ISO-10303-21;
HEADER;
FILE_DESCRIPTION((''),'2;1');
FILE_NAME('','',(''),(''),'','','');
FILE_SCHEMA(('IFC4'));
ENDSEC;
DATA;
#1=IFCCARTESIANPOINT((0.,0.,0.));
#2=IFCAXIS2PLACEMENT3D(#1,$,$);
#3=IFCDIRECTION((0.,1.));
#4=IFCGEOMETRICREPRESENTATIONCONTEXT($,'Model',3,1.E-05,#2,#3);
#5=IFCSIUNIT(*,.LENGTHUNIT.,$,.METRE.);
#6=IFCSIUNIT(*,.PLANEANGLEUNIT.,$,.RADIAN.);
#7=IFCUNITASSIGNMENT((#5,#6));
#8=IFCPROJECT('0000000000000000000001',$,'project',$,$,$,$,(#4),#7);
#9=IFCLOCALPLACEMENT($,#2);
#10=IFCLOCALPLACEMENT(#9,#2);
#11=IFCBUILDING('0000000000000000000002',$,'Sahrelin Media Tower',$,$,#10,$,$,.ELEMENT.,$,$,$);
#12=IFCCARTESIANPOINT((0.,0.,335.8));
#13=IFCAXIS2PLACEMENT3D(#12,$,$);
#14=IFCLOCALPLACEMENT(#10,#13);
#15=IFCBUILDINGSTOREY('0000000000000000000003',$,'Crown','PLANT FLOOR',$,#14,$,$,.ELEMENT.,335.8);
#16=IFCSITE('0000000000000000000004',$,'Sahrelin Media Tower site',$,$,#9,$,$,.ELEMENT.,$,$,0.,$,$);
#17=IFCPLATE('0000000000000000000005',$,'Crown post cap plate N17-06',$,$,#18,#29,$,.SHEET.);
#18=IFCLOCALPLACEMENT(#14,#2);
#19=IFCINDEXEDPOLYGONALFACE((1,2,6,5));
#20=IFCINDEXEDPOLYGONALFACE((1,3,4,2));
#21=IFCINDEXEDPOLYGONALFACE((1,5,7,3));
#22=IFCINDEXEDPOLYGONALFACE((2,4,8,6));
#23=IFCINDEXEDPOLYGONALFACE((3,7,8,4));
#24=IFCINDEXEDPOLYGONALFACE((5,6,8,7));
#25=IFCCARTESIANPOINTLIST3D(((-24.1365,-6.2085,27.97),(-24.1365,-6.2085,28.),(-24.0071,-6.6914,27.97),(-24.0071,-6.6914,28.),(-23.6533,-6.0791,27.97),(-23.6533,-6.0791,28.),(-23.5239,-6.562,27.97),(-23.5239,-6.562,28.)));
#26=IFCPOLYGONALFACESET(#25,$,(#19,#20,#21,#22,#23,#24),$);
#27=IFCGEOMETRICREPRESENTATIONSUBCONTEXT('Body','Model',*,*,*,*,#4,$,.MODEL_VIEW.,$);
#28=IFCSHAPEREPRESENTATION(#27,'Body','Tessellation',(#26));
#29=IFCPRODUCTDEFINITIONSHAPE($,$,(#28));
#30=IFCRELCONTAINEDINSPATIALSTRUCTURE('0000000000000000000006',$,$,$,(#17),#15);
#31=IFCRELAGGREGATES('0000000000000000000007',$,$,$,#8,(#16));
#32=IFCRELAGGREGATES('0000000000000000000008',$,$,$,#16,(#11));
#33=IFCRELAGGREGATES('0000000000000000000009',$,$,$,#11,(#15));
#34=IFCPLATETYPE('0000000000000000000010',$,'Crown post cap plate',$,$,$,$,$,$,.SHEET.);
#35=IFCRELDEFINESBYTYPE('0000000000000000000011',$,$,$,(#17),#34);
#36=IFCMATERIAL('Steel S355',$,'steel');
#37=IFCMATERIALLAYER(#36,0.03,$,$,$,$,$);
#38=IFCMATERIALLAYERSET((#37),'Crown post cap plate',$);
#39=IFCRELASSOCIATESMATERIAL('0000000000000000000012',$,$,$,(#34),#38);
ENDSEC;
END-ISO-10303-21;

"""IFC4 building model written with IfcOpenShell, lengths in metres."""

from ifc_helpers import new_model, si_unit, direction, frame, origin, place, context, subcontext, project, spatial, polyline, outline, extrude, material, layer, layer_set, type_object, element, save


model = new_model("IFC4")

# Units and contexts
model_context = context("Model", 3, precision=1e-05, world=origin(), true_north=direction((0.0, 1.0)))
body_context = subcontext(model_context, "Body", "Model", "MODEL_VIEW")
ifc_project = project(units=[si_unit("LENGTHUNIT", "METRE"), si_unit("PLANEANGLEUNIT", "RADIAN")], contexts=[model_context])

# Site, building, storey
site_placement = place(None, origin())
site = spatial("IfcSite", under=ifc_project, at=site_placement, Name="Sahrelin Media Tower site", CompositionType="ELEMENT", RefElevation=0.0)
building_placement = place(site_placement, origin())
building = spatial("IfcBuilding", under=site, at=building_placement, Name="Sahrelin Media Tower", CompositionType="ELEMENT")
storey_placement = place(building_placement, frame((0.0, 0.0, 335.8)))
storey = spatial("IfcBuildingStorey", under=building, at=storey_placement, Name="Crown", Description="PLANT FLOOR", CompositionType="ELEMENT", Elevation=335.8)

# Plate
ifc_material_1 = material(Name="Steel S355", Category="steel")
ifc_layer = layer(ifc_material_1, 0.03)
ifc_layer_set = layer_set([ifc_layer], Name="Crown post cap plate")
plate_type = type_object("IfcPlateType", Name="Crown post cap plate", PredefinedType="SHEET", material=ifc_layer_set)
placement = place(storey_placement, frame((0.0, 0.0, 27.97)))
element("IfcPlate", 1, at=placement, inside=storey, type_object=plate_type, Name="Crown post cap plate N17-06", PredefinedType="SHEET", context=body_context, shape_type="SweptSolid", body=[
    extrude(outline(polyline([(-23.6533, -6.0791), (-24.1365, -6.2085), (-24.0071, -6.6914), (-23.5239, -6.562), (-23.6533, -6.0791)])), origin(), (0.0, 0.0, 1.0), 0.03),
])

save(model, "model.ifc")
